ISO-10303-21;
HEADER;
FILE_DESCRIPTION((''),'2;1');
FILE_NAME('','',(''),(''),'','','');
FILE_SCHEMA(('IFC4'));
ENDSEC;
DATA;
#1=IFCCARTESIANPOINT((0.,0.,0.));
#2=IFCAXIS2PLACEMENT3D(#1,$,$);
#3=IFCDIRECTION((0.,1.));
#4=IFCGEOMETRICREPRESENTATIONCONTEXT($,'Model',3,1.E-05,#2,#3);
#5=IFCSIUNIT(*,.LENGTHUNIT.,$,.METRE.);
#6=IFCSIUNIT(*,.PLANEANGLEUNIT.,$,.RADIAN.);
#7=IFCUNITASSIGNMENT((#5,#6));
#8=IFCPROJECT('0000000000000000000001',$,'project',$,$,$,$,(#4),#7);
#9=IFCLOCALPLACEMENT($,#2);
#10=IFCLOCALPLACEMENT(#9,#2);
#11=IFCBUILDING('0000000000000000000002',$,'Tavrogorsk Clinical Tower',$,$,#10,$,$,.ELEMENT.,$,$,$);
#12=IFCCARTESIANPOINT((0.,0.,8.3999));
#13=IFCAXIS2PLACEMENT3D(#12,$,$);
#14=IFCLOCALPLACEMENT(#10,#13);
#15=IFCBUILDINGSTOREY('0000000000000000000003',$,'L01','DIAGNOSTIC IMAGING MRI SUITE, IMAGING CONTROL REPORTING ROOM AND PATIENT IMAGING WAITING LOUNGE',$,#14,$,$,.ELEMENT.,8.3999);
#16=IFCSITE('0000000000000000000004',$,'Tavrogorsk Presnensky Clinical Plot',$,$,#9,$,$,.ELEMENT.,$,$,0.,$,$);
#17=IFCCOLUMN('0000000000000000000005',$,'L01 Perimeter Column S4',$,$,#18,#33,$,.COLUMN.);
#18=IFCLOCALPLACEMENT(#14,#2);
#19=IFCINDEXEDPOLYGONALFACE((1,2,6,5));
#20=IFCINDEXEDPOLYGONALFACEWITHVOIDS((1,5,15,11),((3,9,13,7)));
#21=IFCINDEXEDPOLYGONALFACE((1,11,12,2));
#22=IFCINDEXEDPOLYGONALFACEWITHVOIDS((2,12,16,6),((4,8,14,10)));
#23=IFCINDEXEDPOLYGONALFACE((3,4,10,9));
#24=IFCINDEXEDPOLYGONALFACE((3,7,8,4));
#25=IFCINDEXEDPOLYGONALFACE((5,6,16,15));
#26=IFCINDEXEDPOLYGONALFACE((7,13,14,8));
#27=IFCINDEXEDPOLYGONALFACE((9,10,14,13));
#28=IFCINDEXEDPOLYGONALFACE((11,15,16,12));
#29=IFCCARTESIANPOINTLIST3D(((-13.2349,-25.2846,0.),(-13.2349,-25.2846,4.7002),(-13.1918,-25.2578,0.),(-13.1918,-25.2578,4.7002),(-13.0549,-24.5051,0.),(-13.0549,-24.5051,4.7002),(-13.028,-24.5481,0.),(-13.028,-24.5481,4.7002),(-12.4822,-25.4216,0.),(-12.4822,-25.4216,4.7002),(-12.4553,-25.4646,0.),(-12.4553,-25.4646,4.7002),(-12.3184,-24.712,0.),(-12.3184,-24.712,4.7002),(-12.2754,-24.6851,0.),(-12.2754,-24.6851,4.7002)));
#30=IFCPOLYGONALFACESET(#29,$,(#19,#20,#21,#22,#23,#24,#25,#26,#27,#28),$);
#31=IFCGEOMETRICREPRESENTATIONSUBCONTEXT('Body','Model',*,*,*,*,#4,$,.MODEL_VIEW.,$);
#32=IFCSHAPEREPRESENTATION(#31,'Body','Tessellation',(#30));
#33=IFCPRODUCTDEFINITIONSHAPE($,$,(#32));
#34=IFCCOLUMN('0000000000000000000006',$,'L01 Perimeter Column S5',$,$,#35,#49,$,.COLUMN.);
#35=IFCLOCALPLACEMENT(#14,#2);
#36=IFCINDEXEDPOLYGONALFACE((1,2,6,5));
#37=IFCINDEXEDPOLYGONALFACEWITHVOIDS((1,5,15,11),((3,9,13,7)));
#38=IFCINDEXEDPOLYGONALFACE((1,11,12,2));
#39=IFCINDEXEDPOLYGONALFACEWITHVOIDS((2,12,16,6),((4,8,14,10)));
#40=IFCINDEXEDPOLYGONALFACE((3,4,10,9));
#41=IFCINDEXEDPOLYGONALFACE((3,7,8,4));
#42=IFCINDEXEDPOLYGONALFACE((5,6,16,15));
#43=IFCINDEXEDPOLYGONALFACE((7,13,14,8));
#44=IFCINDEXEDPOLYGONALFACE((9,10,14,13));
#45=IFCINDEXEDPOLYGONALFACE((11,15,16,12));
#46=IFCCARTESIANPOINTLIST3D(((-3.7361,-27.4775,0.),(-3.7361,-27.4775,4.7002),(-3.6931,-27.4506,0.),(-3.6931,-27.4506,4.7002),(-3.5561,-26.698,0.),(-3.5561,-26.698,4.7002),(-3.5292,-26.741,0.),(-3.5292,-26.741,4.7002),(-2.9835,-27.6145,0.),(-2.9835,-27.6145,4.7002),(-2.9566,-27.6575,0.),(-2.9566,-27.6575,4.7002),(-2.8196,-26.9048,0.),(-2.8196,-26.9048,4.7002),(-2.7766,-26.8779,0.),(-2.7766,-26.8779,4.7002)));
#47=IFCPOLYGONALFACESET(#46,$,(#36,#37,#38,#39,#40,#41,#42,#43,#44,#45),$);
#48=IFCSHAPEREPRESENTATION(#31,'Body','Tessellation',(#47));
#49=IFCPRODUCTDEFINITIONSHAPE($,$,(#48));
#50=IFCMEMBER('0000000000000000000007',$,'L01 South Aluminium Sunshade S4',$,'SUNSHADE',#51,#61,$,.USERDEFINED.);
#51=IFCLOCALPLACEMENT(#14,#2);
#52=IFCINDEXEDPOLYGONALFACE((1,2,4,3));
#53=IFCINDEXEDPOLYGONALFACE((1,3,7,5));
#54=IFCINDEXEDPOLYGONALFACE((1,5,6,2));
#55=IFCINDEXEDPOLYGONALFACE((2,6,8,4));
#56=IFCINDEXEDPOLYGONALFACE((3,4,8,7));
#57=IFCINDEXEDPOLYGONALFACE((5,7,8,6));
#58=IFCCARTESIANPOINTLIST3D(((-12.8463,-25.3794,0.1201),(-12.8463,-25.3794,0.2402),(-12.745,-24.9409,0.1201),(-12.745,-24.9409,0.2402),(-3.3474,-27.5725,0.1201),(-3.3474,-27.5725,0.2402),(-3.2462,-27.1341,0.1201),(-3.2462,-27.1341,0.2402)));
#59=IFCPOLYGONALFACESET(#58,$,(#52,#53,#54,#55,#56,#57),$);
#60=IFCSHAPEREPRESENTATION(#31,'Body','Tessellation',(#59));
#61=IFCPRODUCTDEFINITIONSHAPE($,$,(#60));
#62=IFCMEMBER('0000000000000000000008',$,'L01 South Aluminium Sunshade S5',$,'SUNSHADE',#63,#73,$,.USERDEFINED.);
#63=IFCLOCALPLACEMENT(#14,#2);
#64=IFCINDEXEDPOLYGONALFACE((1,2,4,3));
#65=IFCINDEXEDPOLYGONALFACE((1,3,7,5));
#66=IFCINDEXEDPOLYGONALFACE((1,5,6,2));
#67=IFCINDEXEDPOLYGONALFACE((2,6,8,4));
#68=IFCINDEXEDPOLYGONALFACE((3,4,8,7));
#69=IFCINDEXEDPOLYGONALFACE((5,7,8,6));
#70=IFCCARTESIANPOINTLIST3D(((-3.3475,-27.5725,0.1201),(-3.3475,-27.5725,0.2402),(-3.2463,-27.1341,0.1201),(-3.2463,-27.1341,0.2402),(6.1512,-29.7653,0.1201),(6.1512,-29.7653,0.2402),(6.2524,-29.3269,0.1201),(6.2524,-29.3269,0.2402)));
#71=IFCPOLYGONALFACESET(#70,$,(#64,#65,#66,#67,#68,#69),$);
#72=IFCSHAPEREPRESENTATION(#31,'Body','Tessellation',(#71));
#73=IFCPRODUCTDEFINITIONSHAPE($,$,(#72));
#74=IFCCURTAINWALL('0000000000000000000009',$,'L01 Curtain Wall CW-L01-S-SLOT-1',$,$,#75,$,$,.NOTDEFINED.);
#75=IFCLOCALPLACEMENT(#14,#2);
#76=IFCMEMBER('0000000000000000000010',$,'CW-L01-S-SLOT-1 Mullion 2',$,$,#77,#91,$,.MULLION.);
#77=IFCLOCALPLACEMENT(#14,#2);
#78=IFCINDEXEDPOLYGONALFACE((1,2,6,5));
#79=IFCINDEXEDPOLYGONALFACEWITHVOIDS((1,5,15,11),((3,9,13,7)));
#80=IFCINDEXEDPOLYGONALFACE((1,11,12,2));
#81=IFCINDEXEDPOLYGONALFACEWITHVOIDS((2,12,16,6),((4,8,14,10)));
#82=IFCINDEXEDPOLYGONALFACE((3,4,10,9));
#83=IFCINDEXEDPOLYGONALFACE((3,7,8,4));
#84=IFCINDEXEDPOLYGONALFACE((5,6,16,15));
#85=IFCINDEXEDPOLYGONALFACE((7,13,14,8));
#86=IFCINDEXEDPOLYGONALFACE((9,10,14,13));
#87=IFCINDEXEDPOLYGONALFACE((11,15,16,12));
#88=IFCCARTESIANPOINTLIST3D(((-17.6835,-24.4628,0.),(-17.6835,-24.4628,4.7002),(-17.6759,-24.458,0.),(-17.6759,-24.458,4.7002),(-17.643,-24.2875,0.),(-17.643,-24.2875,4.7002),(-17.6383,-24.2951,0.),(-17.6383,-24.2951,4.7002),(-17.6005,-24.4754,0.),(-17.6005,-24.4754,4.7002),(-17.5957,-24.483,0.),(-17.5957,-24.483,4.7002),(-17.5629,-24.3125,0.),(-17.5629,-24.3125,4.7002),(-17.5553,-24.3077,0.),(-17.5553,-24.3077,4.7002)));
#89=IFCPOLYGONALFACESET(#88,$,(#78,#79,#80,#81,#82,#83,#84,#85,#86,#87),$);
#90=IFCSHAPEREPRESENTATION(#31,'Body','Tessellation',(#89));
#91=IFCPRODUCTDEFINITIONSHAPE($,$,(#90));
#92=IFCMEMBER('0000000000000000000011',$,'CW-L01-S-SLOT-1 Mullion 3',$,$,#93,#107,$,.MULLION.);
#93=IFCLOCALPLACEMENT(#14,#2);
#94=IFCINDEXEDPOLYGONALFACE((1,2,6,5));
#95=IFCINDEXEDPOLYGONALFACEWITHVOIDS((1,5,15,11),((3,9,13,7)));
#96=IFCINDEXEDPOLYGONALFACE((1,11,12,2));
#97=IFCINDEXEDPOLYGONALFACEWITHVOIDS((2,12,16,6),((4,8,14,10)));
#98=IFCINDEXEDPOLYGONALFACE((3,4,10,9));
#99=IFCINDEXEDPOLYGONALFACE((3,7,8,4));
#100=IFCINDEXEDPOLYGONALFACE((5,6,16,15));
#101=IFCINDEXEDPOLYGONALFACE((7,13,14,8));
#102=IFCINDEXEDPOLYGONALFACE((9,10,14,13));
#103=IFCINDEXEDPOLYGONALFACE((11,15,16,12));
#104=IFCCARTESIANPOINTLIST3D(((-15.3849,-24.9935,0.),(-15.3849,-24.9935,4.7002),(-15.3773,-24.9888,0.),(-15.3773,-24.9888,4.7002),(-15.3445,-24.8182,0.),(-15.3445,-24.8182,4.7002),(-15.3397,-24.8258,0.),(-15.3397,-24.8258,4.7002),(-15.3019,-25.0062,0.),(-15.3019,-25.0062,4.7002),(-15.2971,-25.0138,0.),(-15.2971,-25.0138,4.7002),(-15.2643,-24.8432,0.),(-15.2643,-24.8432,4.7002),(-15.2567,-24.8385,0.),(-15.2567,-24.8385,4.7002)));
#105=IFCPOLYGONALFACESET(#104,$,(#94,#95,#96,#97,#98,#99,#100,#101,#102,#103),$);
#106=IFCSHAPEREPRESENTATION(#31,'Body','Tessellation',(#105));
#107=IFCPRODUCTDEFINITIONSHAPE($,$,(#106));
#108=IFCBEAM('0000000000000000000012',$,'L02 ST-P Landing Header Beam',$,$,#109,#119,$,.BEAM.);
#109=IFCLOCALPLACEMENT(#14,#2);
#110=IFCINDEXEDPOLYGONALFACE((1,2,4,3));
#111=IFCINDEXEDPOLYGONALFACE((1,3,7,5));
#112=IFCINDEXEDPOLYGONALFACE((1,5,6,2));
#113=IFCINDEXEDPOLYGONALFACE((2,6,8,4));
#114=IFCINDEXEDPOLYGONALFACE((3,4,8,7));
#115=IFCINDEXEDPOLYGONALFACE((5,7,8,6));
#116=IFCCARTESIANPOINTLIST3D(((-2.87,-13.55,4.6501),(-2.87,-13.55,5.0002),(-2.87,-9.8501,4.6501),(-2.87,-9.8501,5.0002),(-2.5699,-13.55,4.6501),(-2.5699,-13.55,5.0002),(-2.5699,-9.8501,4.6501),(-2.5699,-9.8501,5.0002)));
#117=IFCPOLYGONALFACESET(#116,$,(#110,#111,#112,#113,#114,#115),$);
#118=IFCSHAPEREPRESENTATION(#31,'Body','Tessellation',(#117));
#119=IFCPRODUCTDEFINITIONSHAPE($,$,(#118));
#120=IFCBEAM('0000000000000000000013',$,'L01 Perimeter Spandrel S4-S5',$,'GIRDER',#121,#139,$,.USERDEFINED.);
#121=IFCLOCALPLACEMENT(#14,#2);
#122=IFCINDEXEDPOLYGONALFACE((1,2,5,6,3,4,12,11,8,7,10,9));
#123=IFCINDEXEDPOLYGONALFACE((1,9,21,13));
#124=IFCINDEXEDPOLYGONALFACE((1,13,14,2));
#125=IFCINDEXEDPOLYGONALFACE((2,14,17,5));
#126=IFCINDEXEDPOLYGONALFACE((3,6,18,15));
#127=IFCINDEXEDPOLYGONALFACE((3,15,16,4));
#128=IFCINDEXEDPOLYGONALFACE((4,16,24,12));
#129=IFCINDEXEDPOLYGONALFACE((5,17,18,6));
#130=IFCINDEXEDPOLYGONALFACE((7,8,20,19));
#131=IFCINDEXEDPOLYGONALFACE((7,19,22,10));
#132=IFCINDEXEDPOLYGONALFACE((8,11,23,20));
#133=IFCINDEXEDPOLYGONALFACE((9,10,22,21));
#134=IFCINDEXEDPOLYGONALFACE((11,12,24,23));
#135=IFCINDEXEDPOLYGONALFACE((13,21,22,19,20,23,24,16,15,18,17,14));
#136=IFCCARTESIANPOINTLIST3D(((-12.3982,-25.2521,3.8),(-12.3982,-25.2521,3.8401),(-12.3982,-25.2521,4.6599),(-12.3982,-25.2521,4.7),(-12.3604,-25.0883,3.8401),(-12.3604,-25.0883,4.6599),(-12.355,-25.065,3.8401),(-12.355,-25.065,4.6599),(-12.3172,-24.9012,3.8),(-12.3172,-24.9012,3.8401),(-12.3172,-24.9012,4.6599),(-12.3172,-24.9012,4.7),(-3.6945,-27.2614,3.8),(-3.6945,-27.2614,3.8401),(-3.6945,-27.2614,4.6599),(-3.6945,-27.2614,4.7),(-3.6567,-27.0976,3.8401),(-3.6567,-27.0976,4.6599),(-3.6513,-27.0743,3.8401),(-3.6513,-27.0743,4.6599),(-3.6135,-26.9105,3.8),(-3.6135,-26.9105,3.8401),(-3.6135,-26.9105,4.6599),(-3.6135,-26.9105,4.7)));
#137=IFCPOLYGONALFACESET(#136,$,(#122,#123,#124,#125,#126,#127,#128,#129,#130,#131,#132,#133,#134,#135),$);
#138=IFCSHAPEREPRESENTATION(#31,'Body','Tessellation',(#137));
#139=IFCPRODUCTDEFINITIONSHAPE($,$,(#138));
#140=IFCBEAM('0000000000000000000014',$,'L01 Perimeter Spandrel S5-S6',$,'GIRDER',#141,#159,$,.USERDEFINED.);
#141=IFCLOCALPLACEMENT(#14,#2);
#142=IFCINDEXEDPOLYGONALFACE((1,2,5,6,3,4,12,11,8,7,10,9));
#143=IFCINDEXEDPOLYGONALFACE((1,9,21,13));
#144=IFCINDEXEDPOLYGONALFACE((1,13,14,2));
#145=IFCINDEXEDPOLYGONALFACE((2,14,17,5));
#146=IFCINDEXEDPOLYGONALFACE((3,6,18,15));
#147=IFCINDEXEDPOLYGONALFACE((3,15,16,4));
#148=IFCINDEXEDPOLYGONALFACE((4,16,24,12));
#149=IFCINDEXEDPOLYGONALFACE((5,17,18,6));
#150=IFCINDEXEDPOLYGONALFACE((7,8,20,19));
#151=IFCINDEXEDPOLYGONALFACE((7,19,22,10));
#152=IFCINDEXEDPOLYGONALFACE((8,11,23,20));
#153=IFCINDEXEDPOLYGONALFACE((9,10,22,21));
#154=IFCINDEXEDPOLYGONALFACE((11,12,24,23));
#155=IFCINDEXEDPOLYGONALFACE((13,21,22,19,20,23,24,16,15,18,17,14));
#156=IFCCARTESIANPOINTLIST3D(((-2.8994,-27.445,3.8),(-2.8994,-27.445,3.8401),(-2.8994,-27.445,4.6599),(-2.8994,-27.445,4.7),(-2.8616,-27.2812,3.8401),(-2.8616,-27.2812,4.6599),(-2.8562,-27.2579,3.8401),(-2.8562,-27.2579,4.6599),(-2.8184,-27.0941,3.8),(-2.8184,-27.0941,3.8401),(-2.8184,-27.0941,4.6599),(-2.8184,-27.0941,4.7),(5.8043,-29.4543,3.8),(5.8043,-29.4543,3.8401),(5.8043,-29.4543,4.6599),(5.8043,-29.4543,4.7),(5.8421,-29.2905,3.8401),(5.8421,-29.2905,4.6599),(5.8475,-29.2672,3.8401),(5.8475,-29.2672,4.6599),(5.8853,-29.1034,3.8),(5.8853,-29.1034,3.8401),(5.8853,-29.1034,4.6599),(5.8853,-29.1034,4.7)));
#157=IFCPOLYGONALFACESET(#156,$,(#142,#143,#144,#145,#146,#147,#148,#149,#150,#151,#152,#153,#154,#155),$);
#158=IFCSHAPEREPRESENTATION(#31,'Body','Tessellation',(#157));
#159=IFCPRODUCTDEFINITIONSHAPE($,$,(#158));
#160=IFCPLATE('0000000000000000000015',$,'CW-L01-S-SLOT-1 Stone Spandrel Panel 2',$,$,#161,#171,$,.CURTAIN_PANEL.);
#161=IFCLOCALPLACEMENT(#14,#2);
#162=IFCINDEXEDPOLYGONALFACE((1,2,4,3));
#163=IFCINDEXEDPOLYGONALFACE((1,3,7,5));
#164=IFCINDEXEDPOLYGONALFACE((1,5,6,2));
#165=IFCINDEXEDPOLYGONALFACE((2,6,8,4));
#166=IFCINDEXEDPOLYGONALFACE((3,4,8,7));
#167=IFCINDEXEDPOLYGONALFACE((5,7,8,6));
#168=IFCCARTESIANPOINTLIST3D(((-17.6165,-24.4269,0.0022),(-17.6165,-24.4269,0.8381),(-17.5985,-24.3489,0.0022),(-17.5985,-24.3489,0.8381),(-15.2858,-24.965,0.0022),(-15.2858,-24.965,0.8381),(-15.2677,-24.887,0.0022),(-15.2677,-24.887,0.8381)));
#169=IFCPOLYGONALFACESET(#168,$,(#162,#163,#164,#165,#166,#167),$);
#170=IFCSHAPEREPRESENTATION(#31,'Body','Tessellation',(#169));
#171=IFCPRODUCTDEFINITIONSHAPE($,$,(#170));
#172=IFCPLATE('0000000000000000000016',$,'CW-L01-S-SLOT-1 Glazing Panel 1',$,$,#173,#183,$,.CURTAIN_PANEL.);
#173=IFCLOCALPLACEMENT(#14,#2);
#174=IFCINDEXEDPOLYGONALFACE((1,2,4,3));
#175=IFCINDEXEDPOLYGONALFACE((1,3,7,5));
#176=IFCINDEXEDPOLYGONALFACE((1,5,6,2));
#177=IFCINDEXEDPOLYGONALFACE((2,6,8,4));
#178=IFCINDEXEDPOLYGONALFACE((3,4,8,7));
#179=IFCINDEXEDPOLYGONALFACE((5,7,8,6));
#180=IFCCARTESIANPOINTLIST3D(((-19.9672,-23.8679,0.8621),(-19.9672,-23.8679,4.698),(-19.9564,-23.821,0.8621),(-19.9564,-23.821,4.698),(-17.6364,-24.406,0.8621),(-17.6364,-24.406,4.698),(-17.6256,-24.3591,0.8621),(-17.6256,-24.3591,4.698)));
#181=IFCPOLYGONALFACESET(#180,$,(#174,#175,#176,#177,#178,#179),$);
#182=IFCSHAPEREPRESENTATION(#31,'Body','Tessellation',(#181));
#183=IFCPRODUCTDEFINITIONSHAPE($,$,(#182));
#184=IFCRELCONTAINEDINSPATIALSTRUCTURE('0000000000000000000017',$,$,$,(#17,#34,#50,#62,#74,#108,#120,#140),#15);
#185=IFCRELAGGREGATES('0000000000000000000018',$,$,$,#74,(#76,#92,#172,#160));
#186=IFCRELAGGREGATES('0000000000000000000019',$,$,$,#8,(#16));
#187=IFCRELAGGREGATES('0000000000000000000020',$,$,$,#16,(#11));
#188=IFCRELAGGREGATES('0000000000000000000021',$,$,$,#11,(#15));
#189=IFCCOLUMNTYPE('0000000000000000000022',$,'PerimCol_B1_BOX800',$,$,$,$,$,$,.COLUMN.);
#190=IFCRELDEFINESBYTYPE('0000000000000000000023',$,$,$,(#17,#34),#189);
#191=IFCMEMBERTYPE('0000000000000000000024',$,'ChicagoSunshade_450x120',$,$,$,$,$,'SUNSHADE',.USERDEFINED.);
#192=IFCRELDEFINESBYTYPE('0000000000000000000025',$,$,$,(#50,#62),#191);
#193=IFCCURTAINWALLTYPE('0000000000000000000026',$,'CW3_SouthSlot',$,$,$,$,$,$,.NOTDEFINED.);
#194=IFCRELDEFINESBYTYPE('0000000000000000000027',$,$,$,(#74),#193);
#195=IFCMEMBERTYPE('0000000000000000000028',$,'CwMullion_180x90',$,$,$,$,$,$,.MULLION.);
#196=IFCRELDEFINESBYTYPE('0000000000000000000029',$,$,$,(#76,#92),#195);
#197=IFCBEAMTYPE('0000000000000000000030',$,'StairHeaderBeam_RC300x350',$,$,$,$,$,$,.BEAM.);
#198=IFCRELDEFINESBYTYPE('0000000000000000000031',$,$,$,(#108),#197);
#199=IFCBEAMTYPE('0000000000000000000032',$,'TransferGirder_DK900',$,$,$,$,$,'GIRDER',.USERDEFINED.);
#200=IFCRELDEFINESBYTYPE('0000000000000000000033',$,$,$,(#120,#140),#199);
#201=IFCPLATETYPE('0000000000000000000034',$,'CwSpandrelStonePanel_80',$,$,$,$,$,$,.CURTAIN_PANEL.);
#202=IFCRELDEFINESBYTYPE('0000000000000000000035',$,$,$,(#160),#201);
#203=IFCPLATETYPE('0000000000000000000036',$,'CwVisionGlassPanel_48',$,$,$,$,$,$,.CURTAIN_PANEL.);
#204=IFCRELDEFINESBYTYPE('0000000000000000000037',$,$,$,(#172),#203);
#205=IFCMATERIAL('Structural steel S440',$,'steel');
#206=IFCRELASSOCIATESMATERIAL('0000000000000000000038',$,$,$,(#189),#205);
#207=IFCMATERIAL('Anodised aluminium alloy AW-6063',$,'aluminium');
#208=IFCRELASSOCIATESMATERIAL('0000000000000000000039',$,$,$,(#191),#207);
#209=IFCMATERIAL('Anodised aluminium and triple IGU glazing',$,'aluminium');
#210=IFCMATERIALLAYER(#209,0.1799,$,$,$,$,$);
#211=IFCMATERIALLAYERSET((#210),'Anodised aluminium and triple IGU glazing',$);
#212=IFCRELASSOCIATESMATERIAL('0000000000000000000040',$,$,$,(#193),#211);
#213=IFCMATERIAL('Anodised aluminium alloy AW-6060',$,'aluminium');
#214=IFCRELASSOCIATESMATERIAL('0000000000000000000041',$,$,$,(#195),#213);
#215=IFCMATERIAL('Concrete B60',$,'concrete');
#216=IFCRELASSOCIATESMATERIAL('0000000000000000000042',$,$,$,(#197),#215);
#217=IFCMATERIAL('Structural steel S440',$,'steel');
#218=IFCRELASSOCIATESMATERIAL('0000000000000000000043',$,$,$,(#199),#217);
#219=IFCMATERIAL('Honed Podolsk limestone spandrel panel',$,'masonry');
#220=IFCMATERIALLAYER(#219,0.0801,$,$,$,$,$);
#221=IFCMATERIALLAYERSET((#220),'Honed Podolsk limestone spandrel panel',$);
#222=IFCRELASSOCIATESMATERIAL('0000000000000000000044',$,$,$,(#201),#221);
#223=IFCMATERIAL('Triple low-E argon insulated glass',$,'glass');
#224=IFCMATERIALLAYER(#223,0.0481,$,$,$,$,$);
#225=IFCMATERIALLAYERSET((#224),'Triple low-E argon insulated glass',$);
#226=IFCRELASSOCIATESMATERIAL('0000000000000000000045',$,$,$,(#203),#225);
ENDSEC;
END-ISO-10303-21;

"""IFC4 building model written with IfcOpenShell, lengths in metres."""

from ifc_helpers import new_model, si_unit, direction, frame, origin, origin_2d, place, context, subcontext, project, spatial, rectangle, hollow_rectangle, i_section, extrude, material, layer, layer_set, material_profile, profile_set, type_object, element, aggregate, save


model = new_model("IFC4")

# Units and contexts
model_context = context("Model", 3, precision=1e-05, world=origin(), true_north=direction((0.0, 1.0)))
body_context = subcontext(model_context, "Body", "Model", "MODEL_VIEW")
ifc_project = project(units=[si_unit("LENGTHUNIT", "METRE"), si_unit("PLANEANGLEUNIT", "RADIAN")], contexts=[model_context])

# Site, building, storey
site_placement = place(None, origin())
site = spatial("IfcSite", under=ifc_project, at=site_placement, Name="Tavrogorsk Presnensky Clinical Plot", CompositionType="ELEMENT", RefElevation=0.0)
building_placement = place(site_placement, origin())
building = spatial("IfcBuilding", under=site, at=building_placement, Name="Tavrogorsk Clinical Tower", CompositionType="ELEMENT")
storey_placement = place(building_placement, frame((0.0, 0.0, 8.3999)))
storey = spatial("IfcBuildingStorey", under=building, at=storey_placement, Name="L01", Description="DIAGNOSTIC IMAGING MRI SUITE, IMAGING CONTROL REPORTING ROOM AND PATIENT IMAGING WAITING LOUNGE", CompositionType="ELEMENT", Elevation=8.3999)

# Columns
ifc_material_1 = material(Name="Structural steel S440", Category="steel")
ifc_material_profile_1 = material_profile(ifc_material_1, hollow_rectangle(XDim=0.8, YDim=0.8, WallThickness=0.0359, at=origin_2d()), Name="BOX-800x800x36")
ifc_profile_set_1 = profile_set([ifc_material_profile_1], Name="Structural steel S440")
column_type = type_object("IfcColumnType", Name="PerimCol_B1_BOX800", PredefinedType="COLUMN", material=ifc_profile_set_1)
for number, where, z_axis, x_axis, name in (
    (1, (-12.7551, -24.9849, 0.0), (0.0, 0.0, 1.0), (0.97437, -0.224951, 0.0), "L01 Perimeter Column S4"),
    (2, (-3.2563, -27.1777, 0.0), (0.0, 0.0, 1.0), (0.97437, -0.224951, 0.0), "L01 Perimeter Column S5"),
):
    element("IfcColumn", number, at=place(storey_placement, frame(where, z_axis=z_axis, x_axis=x_axis)), inside=storey, type_object=column_type, Name=name, PredefinedType="COLUMN", context=body_context, shape_type="SweptSolid", body=[
        extrude(hollow_rectangle(XDim=0.8, YDim=0.8, WallThickness=0.0359, at=origin_2d()), origin(), (0.0, 0.0, 1.0), 4.7002),
    ])

# Members
ifc_material_2 = material(Name="Anodised aluminium alloy AW-6063", Category="aluminium")
ifc_material_profile_2 = material_profile(ifc_material_2, rectangle(XDim=0.45, YDim=0.1201, at=origin_2d()), Name="ALU-SUNSHADE-450x120")
ifc_profile_set_2 = profile_set([ifc_material_profile_2], Name="Anodised aluminium alloy AW-6063")
member_type_1 = type_object("IfcMemberType", Name="ChicagoSunshade_450x120", ElementType="SUNSHADE", PredefinedType="USERDEFINED", material=ifc_profile_set_2)
member_1_placement = place(storey_placement, frame((-12.7957, -25.1602, 0.1802), z_axis=(0.974367, -0.224966, 0.0), x_axis=(0.224966, 0.974367, 0.0)))
element("IfcMember", 3, at=member_1_placement, inside=storey, type_object=member_type_1, Name="L01 South Aluminium Sunshade S4", ObjectType="SUNSHADE", PredefinedType="USERDEFINED", context=body_context, shape_type="SweptSolid", body=[
    extrude(rectangle(XDim=0.45, YDim=0.1201, at=origin_2d()), origin(), (0.0, 0.0, 1.0), 9.7488),
])
member_2_placement = place(storey_placement, frame((-3.2969, -27.3533, 0.1802), z_axis=(0.974372, -0.224942, 0.0), x_axis=(0.224942, 0.974372, 0.0)))
element("IfcMember", 4, at=member_2_placement, inside=storey, type_object=member_type_1, Name="L01 South Aluminium Sunshade S5", ObjectType="SUNSHADE", PredefinedType="USERDEFINED", context=body_context, shape_type="SweptSolid", body=[
    extrude(rectangle(XDim=0.45, YDim=0.1201, at=origin_2d()), origin(), (0.0, 0.0, 1.0), 9.7485),
])

# Curtain wall, members
ifc_material_3 = material(Name="Anodised aluminium and triple IGU glazing", Category="aluminium")
ifc_layer_1 = layer(ifc_material_3, 0.1799)
ifc_layer_set_1 = layer_set([ifc_layer_1], Name="Anodised aluminium and triple IGU glazing")
curtain_wall_type = type_object("IfcCurtainWallType", Name="CW3_SouthSlot", PredefinedType="NOTDEFINED", material=ifc_layer_set_1)
curtain_wall_placement = place(storey_placement, origin())
curtain_wall = element("IfcCurtainWall", 5, at=curtain_wall_placement, inside=storey, type_object=curtain_wall_type, Name="L01 Curtain Wall CW-L01-S-SLOT-1", PredefinedType="NOTDEFINED")
ifc_material_4 = material(Name="Anodised aluminium alloy AW-6060", Category="aluminium")
ifc_material_profile_3 = material_profile(ifc_material_4, hollow_rectangle(XDim=0.0901, YDim=0.1799, WallThickness=0.0063, at=origin_2d()), Name="RHS-180x90x6.3")
ifc_profile_set_3 = profile_set([ifc_material_profile_3], Name="Anodised aluminium alloy AW-6060")
member_type_2 = type_object("IfcMemberType", Name="CwMullion_180x90", PredefinedType="MULLION", material=ifc_profile_set_3)
member_3_placement = place(storey_placement, frame((-17.6194, -24.3853, 0.0), z_axis=(0.0, 0.0, 1.0), x_axis=(0.97437, -0.224951, 0.0)))
member_3 = element("IfcMember", 6, at=member_3_placement, type_object=member_type_2, Name="CW-L01-S-SLOT-1 Mullion 2", PredefinedType="MULLION", context=body_context, shape_type="SweptSolid", body=[
    extrude(hollow_rectangle(XDim=0.0901, YDim=0.1799, WallThickness=0.0063, at=origin_2d()), origin(), (0.0, 0.0, 1.0), 4.7002),
])
member_4_placement = place(storey_placement, frame((-15.3208, -24.916, 0.0), z_axis=(0.0, 0.0, 1.0), x_axis=(0.97437, -0.224951, 0.0)))
member_4 = element("IfcMember", 7, at=member_4_placement, type_object=member_type_2, Name="CW-L01-S-SLOT-1 Mullion 3", PredefinedType="MULLION", context=body_context, shape_type="SweptSolid", body=[
    extrude(hollow_rectangle(XDim=0.0901, YDim=0.1799, WallThickness=0.0063, at=origin_2d()), origin(), (0.0, 0.0, 1.0), 4.7002),
])

# Beams
ifc_material_5 = material(Name="Concrete B60", Category="concrete")
ifc_material_profile_4 = material_profile(ifc_material_5, rectangle(XDim=0.3, YDim=0.3501, at=origin_2d()), Name="RC-SHB-300x350")
ifc_profile_set_4 = profile_set([ifc_material_profile_4], Name="Concrete B60")
beam_type_1 = type_object("IfcBeamType", Name="StairHeaderBeam_RC300x350", PredefinedType="BEAM", material=ifc_profile_set_4)
beam_placement = place(storey_placement, frame((-2.72, -13.55, 4.8252), z_axis=(0.0, 1.0, 0.0), x_axis=(-1.0, 0.0, 0.0)))
element("IfcBeam", 8, at=beam_placement, inside=storey, type_object=beam_type_1, Name="L02 ST-P Landing Header Beam", PredefinedType="BEAM", context=body_context, shape_type="SweptSolid", body=[
    extrude(rectangle(XDim=0.3, YDim=0.3501, at=origin_2d()), origin(), (0.0, 0.0, 1.0), 3.7),
])
ifc_material_6 = material(Name="Structural steel S440", Category="steel")
ifc_material_profile_5 = material_profile(ifc_material_6, i_section(OverallWidth=0.3601, OverallDepth=0.8999, WebThickness=0.0239, FlangeThickness=0.04, at=origin_2d()), Name="DK-900x360x24x40")
ifc_profile_set_5 = profile_set([ifc_material_profile_5], Name="Structural steel S440")
beam_type_2 = type_object("IfcBeamType", Name="TransferGirder_DK900", ElementType="GIRDER", PredefinedType="USERDEFINED", material=ifc_profile_set_5)
for number, where, z_axis, x_axis, name in (
    (9, (-12.3577, -25.0767, 4.25), (0.974373, -0.224939, 0.0), (0.224939, 0.974373, 0.0), "L01 Perimeter Spandrel S4-S5"),
    (10, (-2.8589, -27.2695, 4.25), (0.974373, -0.224939, 0.0), (0.224939, 0.974373, 0.0), "L01 Perimeter Spandrel S5-S6"),
):
    element("IfcBeam", number, at=place(storey_placement, frame(where, z_axis=z_axis, x_axis=x_axis)), inside=storey, type_object=beam_type_2, Name=name, ObjectType="GIRDER", PredefinedType="USERDEFINED", context=body_context, shape_type="SweptSolid", body=[
        extrude(i_section(OverallWidth=0.3601, OverallDepth=0.8999, WebThickness=0.0239, FlangeThickness=0.04, at=origin_2d()), origin(), (0.0, 0.0, 1.0), 8.9326),
    ])

# Plates
ifc_material_7 = material(Name="Honed Podolsk limestone spandrel panel", Category="masonry")
ifc_layer_2 = layer(ifc_material_7, 0.0801)
ifc_layer_set_2 = layer_set([ifc_layer_2], Name="Honed Podolsk limestone spandrel panel")
plate_type_1 = type_object("IfcPlateType", Name="CwSpandrelStonePanel_80", PredefinedType="CURTAIN_PANEL", material=ifc_layer_set_2)
plate_1_placement = place(storey_placement, frame((-16.4421, -24.657, 0.0022), z_axis=(0.0, 0.0, 1.0), x_axis=(0.97437, -0.224951, 0.0)))
plate_1 = element("IfcPlate", 11, at=plate_1_placement, type_object=plate_type_1, Name="CW-L01-S-SLOT-1 Stone Spandrel Panel 2", PredefinedType="CURTAIN_PANEL", context=body_context, shape_type="SweptSolid", body=[
    extrude(rectangle(XDim=2.3921, YDim=0.0801, at=origin_2d()), origin(), (0.0, 0.0, 1.0), 0.8359),
])
ifc_material_8 = material(Name="Triple low-E argon insulated glass", Category="glass")
ifc_layer_3 = layer(ifc_material_8, 0.0481)
ifc_layer_set_3 = layer_set([ifc_layer_3], Name="Triple low-E argon insulated glass")
plate_type_2 = type_object("IfcPlateType", Name="CwVisionGlassPanel_48", PredefinedType="CURTAIN_PANEL", material=ifc_layer_set_3)
plate_2_placement = place(storey_placement, frame((-18.7964, -24.1135, 0.8621), z_axis=(0.0, 0.0, 1.0), x_axis=(0.97437, -0.224951, 0.0)))
plate_2 = element("IfcPlate", 12, at=plate_2_placement, type_object=plate_type_2, Name="CW-L01-S-SLOT-1 Glazing Panel 1", PredefinedType="CURTAIN_PANEL", context=body_context, shape_type="SweptSolid", body=[
    extrude(rectangle(XDim=2.3921, YDim=0.0481, at=origin_2d()), origin(), (0.0, 0.0, 1.0), 3.8359),
])
aggregate(curtain_wall, [member_3, member_4, plate_2, plate_1])

save(model, "model.ifc")
